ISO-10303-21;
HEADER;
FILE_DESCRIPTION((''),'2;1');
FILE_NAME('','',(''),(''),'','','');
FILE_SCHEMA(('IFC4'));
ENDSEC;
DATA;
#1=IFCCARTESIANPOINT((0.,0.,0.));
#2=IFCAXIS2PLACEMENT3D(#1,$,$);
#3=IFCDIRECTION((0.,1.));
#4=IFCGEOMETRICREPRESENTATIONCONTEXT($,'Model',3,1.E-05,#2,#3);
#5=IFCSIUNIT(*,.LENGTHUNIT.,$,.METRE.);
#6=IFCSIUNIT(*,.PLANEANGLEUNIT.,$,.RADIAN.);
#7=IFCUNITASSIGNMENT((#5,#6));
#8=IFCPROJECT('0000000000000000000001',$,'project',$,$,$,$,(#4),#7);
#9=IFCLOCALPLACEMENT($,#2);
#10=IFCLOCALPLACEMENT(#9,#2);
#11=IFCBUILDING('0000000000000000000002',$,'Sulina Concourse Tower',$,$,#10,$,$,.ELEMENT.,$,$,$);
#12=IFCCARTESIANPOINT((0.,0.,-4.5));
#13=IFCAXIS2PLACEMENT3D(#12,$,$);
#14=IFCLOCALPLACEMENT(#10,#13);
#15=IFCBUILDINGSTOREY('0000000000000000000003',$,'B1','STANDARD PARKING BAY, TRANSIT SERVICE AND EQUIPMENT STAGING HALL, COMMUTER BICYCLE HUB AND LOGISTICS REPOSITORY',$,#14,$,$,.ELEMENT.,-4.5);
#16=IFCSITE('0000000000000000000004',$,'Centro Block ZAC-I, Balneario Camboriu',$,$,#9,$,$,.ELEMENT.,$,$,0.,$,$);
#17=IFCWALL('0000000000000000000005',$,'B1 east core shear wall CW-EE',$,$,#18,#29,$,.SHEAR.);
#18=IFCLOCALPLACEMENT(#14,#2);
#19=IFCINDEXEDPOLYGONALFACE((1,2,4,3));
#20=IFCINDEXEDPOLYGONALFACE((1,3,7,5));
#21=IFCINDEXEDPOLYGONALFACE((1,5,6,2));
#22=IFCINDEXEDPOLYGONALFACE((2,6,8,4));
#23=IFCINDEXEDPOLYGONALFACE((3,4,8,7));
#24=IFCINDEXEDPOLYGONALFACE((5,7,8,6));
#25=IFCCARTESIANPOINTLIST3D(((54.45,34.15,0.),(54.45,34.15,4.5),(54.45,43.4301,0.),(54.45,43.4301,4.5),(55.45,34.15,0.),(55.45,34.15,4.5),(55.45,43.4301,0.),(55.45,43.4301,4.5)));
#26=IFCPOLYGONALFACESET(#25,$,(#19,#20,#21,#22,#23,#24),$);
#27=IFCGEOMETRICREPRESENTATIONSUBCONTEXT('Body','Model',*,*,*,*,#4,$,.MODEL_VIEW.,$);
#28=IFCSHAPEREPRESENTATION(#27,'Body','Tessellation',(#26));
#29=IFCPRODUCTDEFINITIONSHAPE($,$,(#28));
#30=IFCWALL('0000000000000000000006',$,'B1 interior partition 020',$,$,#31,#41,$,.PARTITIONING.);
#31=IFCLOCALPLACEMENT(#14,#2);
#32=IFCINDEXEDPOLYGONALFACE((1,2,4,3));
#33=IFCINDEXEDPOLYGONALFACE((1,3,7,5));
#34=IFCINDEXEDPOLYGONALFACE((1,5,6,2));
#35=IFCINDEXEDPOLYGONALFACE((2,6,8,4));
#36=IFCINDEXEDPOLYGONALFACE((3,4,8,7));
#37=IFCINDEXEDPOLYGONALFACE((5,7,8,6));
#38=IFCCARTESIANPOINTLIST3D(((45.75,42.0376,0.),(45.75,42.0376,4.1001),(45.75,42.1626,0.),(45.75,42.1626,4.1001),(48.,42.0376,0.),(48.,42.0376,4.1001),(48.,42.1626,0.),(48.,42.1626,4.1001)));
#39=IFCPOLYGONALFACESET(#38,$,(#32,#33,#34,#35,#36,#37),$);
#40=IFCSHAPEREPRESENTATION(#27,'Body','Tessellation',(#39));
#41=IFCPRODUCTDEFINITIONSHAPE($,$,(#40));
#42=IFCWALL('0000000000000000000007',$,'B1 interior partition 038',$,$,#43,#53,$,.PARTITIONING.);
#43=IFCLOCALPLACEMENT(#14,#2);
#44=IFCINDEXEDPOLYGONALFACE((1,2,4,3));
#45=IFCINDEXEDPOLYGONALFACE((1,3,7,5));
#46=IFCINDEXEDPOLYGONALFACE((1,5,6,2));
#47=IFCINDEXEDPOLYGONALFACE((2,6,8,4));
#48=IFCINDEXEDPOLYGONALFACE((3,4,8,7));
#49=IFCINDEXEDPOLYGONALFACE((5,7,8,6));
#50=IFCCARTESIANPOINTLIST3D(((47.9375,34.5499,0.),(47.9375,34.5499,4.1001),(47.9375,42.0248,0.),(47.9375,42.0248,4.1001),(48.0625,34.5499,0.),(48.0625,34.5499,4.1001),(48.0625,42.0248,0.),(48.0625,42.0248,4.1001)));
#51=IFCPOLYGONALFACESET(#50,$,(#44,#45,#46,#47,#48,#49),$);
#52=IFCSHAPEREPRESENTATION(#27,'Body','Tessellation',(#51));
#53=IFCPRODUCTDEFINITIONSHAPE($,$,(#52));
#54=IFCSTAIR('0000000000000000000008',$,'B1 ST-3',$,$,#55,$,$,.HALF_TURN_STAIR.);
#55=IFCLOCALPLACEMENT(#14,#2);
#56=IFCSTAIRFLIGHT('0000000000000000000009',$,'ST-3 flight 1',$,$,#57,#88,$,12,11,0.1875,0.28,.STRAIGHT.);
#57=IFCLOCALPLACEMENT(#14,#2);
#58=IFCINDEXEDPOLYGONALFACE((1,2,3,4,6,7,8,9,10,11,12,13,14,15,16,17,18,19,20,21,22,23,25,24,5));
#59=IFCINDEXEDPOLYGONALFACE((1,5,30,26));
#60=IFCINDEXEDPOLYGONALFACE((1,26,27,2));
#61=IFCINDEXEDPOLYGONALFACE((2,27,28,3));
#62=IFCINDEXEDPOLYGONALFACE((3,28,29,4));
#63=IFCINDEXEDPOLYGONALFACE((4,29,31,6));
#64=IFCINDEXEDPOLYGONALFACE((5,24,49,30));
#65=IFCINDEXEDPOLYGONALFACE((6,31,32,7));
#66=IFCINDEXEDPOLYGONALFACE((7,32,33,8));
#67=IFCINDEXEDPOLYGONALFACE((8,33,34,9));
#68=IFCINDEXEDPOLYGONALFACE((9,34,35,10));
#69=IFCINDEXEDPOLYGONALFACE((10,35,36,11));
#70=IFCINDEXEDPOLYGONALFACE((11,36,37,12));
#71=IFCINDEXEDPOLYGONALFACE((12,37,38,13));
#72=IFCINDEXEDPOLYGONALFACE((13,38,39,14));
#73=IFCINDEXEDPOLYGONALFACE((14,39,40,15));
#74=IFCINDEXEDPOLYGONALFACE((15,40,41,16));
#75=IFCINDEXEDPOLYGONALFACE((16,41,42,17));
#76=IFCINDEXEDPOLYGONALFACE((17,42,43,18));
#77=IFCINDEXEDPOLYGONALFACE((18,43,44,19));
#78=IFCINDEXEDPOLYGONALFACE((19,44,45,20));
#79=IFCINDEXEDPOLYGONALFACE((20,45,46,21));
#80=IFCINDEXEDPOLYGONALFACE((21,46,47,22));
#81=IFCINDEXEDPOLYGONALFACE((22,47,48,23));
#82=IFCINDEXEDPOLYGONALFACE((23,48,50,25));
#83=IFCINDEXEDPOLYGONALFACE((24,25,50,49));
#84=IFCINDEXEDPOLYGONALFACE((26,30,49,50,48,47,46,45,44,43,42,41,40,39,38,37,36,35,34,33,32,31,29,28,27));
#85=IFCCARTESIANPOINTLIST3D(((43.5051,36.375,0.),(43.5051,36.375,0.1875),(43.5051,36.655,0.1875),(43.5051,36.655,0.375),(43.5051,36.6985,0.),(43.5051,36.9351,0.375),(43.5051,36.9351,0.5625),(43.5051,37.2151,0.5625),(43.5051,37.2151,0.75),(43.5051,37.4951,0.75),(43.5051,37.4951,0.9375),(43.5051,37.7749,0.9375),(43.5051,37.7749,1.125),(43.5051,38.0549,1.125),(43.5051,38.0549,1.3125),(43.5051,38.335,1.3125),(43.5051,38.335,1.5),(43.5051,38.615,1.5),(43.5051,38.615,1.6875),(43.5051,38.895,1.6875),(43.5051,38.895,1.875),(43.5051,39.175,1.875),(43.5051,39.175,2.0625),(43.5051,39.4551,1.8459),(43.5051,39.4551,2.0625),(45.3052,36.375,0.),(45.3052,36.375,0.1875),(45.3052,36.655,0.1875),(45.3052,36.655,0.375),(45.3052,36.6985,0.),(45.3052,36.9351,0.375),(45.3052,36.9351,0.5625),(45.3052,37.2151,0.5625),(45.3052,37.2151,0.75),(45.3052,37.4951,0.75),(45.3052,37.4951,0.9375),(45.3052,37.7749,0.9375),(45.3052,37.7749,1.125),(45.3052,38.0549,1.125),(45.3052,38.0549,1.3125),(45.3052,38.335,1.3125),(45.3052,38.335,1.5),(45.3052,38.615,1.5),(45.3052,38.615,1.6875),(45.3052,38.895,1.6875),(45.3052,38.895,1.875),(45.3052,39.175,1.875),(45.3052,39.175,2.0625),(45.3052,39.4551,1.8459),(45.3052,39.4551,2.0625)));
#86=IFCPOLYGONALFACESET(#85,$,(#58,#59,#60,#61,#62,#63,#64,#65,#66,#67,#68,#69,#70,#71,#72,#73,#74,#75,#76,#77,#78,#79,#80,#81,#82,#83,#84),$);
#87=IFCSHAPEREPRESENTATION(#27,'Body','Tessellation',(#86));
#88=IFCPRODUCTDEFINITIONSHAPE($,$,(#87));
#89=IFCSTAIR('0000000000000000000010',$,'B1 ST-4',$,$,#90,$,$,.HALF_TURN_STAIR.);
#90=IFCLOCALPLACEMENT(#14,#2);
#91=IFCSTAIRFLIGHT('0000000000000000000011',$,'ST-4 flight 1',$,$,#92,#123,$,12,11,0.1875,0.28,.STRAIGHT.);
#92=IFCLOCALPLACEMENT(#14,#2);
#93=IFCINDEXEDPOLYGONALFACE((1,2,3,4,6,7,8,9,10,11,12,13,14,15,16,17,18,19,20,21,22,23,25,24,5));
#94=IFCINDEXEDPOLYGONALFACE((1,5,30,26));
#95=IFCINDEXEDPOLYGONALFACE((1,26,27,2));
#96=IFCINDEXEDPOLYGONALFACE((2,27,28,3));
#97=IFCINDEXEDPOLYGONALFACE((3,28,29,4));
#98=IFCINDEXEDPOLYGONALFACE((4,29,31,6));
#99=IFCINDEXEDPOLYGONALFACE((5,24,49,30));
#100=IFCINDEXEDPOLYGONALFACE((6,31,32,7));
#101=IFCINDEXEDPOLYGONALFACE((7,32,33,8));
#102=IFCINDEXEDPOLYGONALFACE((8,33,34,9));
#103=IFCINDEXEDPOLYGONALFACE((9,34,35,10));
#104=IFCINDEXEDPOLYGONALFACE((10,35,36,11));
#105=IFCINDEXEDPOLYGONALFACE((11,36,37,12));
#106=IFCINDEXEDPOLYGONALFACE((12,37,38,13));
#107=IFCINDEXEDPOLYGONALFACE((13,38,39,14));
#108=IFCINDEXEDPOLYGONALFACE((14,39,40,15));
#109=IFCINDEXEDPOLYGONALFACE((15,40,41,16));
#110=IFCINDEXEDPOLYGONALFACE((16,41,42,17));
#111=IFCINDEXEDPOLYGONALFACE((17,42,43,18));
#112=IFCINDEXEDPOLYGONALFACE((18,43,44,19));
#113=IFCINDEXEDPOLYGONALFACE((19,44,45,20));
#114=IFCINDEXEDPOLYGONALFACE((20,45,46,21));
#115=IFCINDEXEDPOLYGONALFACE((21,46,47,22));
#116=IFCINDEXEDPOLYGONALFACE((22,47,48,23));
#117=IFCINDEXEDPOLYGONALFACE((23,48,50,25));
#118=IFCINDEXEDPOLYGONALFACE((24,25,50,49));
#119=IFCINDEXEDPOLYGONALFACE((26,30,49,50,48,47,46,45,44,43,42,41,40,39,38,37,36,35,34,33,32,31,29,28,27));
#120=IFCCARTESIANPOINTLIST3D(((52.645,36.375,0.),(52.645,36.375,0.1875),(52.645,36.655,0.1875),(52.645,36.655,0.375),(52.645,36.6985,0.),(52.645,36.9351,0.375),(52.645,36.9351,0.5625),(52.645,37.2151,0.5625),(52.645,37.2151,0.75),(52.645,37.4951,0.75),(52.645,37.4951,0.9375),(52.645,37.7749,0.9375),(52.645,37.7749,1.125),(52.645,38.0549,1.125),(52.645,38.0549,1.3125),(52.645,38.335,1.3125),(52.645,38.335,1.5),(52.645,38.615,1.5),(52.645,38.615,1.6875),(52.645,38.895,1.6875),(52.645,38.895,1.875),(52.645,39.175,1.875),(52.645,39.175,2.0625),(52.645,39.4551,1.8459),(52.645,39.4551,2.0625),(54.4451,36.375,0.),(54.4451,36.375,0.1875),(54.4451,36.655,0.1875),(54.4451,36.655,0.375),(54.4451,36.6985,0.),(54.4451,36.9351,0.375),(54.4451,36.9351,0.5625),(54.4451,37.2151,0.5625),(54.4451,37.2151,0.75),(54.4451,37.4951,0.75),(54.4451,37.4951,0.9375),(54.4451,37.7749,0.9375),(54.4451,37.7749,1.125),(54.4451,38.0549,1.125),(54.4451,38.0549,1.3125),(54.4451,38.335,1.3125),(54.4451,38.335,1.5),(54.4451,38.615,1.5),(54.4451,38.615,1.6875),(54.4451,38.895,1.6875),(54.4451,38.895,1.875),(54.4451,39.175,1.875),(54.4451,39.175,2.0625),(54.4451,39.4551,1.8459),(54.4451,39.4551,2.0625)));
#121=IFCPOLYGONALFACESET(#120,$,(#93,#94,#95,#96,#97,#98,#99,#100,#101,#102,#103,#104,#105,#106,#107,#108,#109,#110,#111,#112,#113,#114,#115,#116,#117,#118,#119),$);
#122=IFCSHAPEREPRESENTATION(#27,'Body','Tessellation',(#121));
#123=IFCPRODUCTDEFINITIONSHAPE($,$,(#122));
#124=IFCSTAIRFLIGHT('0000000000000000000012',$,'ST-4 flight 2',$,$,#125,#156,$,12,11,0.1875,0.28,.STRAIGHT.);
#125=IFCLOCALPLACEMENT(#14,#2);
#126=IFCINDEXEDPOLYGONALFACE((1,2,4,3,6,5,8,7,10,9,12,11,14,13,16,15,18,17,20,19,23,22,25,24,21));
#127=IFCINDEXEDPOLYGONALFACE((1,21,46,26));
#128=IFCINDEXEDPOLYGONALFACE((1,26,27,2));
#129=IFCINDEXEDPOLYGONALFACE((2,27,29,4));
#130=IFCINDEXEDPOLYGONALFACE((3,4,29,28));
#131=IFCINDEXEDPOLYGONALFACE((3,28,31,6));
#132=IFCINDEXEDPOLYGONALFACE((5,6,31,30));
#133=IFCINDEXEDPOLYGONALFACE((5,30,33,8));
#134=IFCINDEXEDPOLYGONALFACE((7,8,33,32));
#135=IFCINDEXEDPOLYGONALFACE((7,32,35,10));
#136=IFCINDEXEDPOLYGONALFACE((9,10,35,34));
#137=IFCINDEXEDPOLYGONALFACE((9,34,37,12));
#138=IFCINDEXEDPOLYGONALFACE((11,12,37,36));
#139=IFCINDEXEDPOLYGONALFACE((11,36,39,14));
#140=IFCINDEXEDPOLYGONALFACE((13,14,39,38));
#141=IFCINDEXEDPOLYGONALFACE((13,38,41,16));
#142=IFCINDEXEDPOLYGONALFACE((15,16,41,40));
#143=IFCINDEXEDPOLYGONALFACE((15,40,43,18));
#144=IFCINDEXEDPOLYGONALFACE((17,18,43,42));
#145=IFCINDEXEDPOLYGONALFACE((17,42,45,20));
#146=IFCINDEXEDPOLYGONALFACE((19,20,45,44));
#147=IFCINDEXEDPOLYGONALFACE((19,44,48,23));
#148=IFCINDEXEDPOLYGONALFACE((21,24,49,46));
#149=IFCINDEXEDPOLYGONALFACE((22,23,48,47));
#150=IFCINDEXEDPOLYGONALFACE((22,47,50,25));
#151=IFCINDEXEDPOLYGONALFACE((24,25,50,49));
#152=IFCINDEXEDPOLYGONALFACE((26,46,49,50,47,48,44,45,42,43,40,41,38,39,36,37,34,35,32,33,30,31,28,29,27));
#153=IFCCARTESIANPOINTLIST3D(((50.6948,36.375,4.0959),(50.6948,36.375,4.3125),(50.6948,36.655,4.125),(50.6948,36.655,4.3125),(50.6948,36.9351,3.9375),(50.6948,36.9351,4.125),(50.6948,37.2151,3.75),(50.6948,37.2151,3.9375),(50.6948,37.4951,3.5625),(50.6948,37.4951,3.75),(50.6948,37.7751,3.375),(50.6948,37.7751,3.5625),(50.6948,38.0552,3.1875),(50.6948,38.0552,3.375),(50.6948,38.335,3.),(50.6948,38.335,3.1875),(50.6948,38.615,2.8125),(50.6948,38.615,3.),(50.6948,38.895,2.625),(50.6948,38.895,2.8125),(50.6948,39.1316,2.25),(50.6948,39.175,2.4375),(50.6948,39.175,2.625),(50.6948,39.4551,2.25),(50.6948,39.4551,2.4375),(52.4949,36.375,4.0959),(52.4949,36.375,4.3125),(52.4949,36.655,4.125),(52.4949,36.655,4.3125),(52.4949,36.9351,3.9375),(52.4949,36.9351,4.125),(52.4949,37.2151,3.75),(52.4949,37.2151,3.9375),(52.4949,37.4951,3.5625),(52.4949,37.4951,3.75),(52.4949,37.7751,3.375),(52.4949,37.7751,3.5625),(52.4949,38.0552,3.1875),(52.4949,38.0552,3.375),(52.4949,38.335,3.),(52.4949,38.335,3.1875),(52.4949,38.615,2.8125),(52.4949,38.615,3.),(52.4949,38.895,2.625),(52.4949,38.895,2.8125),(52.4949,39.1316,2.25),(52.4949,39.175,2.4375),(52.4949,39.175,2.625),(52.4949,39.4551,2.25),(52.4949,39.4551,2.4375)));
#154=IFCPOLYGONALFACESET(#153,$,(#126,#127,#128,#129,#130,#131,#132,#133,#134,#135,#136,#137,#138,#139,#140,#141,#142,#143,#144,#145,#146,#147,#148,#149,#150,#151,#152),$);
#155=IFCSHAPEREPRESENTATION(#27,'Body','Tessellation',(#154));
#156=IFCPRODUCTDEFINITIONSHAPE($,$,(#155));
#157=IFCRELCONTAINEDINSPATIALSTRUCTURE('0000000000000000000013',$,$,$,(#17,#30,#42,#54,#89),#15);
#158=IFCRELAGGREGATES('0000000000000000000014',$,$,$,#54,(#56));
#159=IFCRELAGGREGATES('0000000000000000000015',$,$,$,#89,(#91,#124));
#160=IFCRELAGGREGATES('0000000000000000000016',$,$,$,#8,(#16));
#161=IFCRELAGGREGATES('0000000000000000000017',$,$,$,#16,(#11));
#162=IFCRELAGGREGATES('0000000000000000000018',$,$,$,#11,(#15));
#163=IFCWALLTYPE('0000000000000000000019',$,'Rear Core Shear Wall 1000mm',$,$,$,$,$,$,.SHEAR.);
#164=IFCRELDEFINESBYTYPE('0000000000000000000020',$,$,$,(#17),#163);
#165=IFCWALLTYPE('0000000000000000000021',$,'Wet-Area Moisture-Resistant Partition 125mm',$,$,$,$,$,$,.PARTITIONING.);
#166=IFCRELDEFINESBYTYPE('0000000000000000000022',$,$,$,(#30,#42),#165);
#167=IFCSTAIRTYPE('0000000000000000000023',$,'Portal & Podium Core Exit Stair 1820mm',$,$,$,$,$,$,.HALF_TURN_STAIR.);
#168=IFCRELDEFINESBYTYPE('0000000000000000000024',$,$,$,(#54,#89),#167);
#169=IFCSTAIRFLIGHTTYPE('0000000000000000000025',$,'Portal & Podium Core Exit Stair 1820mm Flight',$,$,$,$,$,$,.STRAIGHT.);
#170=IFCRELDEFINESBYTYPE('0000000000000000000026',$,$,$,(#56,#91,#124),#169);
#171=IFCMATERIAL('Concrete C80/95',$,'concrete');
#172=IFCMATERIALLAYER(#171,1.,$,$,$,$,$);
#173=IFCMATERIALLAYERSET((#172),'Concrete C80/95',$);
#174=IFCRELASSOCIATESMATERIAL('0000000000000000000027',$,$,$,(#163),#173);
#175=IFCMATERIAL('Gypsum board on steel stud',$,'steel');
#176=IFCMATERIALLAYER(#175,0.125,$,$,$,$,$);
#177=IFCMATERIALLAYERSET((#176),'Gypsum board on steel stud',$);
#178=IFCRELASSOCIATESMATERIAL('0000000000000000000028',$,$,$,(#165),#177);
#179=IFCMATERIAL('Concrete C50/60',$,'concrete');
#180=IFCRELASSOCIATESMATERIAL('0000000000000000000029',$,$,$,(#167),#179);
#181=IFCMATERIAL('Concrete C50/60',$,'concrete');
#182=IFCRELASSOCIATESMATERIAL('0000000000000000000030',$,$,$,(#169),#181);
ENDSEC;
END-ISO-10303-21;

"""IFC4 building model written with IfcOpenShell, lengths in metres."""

from ifc_helpers import new_model, si_unit, direction, frame, frame_2d, origin, place, context, subcontext, project, spatial, polyline, rectangle, outline, extrude, material, layer, layer_set, type_object, element, aggregate, save


model = new_model("IFC4")

# Units and contexts
model_context = context("Model", 3, precision=1e-05, world=origin(), true_north=direction((0.0, 1.0)))
body_context = subcontext(model_context, "Body", "Model", "MODEL_VIEW")
ifc_project = project(units=[si_unit("LENGTHUNIT", "METRE"), si_unit("PLANEANGLEUNIT", "RADIAN")], contexts=[model_context])

# Site, building, storey
site_placement = place(None, origin())
site = spatial("IfcSite", under=ifc_project, at=site_placement, Name="Centro Block ZAC-I, Balneario Camboriu", CompositionType="ELEMENT", RefElevation=0.0)
building_placement = place(site_placement, origin())
building = spatial("IfcBuilding", under=site, at=building_placement, Name="Sulina Concourse Tower", CompositionType="ELEMENT")
storey_placement = place(building_placement, frame((0.0, 0.0, -4.5)))
storey = spatial("IfcBuildingStorey", under=building, at=storey_placement, Name="B1", Description="STANDARD PARKING BAY, TRANSIT SERVICE AND EQUIPMENT STAGING HALL, COMMUTER BICYCLE HUB AND LOGISTICS REPOSITORY", CompositionType="ELEMENT", Elevation=-4.5)

# Walls
ifc_material_1 = material(Name="Concrete C80/95", Category="concrete")
ifc_layer_1 = layer(ifc_material_1, 1.0)
ifc_layer_set_1 = layer_set([ifc_layer_1], Name="Concrete C80/95")
wall_type_1 = type_object("IfcWallType", Name="Rear Core Shear Wall 1000mm", PredefinedType="SHEAR", material=ifc_layer_set_1)
wall_1_placement = place(storey_placement, frame((54.95, 34.1499, 0.0), z_axis=(0.0, 0.0, 1.0), x_axis=(0.0, 1.0, 0.0)))
element("IfcWall", 1, at=wall_1_placement, inside=storey, type_object=wall_type_1, Name="B1 east core shear wall CW-EE", PredefinedType="SHEAR", context=body_context, shape_type="SweptSolid", body=[
    extrude(rectangle(XDim=9.28, YDim=1.0, at=frame_2d((4.6401, 0.0))), origin(), (0.0, 0.0, 1.0), 4.5),
])
ifc_material_2 = material(Name="Gypsum board on steel stud", Category="steel")
ifc_layer_2 = layer(ifc_material_2, 0.125)
ifc_layer_set_2 = layer_set([ifc_layer_2], Name="Gypsum board on steel stud")
wall_type_2 = type_object("IfcWallType", Name="Wet-Area Moisture-Resistant Partition 125mm", PredefinedType="PARTITIONING", material=ifc_layer_set_2)
wall_2_placement = place(storey_placement, frame((45.75, 42.1001, 0.0), z_axis=(0.0, 0.0, 1.0), x_axis=(1.0, 0.0, 0.0)))
element("IfcWall", 2, at=wall_2_placement, inside=storey, type_object=wall_type_2, Name="B1 interior partition 020", PredefinedType="PARTITIONING", context=body_context, shape_type="SweptSolid", body=[
    extrude(rectangle(XDim=2.25, YDim=0.125, at=frame_2d((1.125, 0.0))), origin(), (0.0, 0.0, 1.0), 4.1001),
])
wall_3_placement = place(storey_placement, frame((48.0, 34.55, 0.0), z_axis=(0.0, 0.0, 1.0), x_axis=(0.0, 1.0, 0.0)))
element("IfcWall", 3, at=wall_3_placement, inside=storey, type_object=wall_type_2, Name="B1 interior partition 038", PredefinedType="PARTITIONING", context=body_context, shape_type="SweptSolid", body=[
    extrude(rectangle(XDim=7.4749, YDim=0.125, at=frame_2d((3.7373, 0.0))), origin(), (0.0, 0.0, 1.0), 4.1001),
])

# Stair, stair flight
ifc_material_3 = material(Name="Concrete C50/60", Category="concrete")
stair_type = type_object("IfcStairType", Name="Portal & Podium Core Exit Stair 1820mm", PredefinedType="HALF_TURN_STAIR", material=ifc_material_3)
stair_1_placement = place(storey_placement, origin())
stair_1 = element("IfcStair", 4, at=stair_1_placement, inside=storey, type_object=stair_type, Name="B1 ST-3", PredefinedType="HALF_TURN_STAIR")
ifc_material_4 = material(Name="Concrete C50/60", Category="concrete")
stair_flight_type = type_object("IfcStairFlightType", Name="Portal & Podium Core Exit Stair 1820mm Flight", PredefinedType="STRAIGHT", material=ifc_material_4)
stair_flight_1_placement = place(storey_placement, frame((44.405, 36.375, 0.0), z_axis=(0.0, 0.0, 1.0), x_axis=(0.0, 1.0, 0.0)))
stair_flight_1 = element("IfcStairFlight", 5, at=stair_flight_1_placement, type_object=stair_flight_type, Name="ST-3 flight 1", NumberOfRisers=12, NumberOfTreads=11, PredefinedType="STRAIGHT", RiserHeight=0.1875, TreadLength=0.28, context=body_context, shape_type="SweptSolid", body=[
    extrude(outline(polyline([(0.0, 0.0), (0.0, 0.1875), (0.28, 0.1875), (0.28, 0.375), (0.5601, 0.375), (0.5601, 0.5625), (0.8401, 0.5625), (0.8401, 0.75), (1.1201, 0.75), (1.1201, 0.9375), (1.3999, 0.9375), (1.3999, 1.125), (1.6799, 1.125), (1.6799, 1.3125), (1.96, 1.3125), (1.96, 1.5), (2.24, 1.5), (2.24, 1.6875), (2.52, 1.6875), (2.52, 1.875), (2.8, 1.875), (2.8, 2.0625), (3.0801, 2.0625), (3.0801, 2.25), (3.0801, 1.8459), (0.3235, 0.0), (0.0, 0.0)])), frame((0.0, 0.8999, 0.0), z_axis=(0.0, -1.0, 0.0), x_axis=(1.0, 0.0, 0.0)), (0.0, 0.0, 1.0), 1.8),
])
aggregate(stair_1, [stair_flight_1])

# Stair, stair flights
stair_2_placement = place(storey_placement, origin())
stair_2 = element("IfcStair", 6, at=stair_2_placement, inside=storey, type_object=stair_type, Name="B1 ST-4", PredefinedType="HALF_TURN_STAIR")
stair_flight_2_placement = place(storey_placement, frame((53.5449, 36.375, 0.0), z_axis=(0.0, 0.0, 1.0), x_axis=(0.0, 1.0, 0.0)))
stair_flight_2 = element("IfcStairFlight", 7, at=stair_flight_2_placement, type_object=stair_flight_type, Name="ST-4 flight 1", NumberOfRisers=12, NumberOfTreads=11, PredefinedType="STRAIGHT", RiserHeight=0.1875, TreadLength=0.28, context=body_context, shape_type="SweptSolid", body=[
    extrude(outline(polyline([(0.0, 0.0), (0.0, 0.1875), (0.28, 0.1875), (0.28, 0.375), (0.5601, 0.375), (0.5601, 0.5625), (0.8401, 0.5625), (0.8401, 0.75), (1.1201, 0.75), (1.1201, 0.9375), (1.3999, 0.9375), (1.3999, 1.125), (1.6799, 1.125), (1.6799, 1.3125), (1.96, 1.3125), (1.96, 1.5), (2.24, 1.5), (2.24, 1.6875), (2.52, 1.6875), (2.52, 1.875), (2.8, 1.875), (2.8, 2.0625), (3.0801, 2.0625), (3.0801, 2.25), (3.0801, 1.8459), (0.3235, 0.0), (0.0, 0.0)])), frame((0.0, 0.8999, 0.0), z_axis=(0.0, -1.0, 0.0), x_axis=(1.0, 0.0, 0.0)), (0.0, 0.0, 1.0), 1.8),
])
stair_flight_3_placement = place(storey_placement, frame((51.595, 39.4551, 2.25), z_axis=(0.0, 0.0, 1.0), x_axis=(0.0, -1.0, 0.0)))
stair_flight_3 = element("IfcStairFlight", 8, at=stair_flight_3_placement, type_object=stair_flight_type, Name="ST-4 flight 2", NumberOfRisers=12, NumberOfTreads=11, PredefinedType="STRAIGHT", RiserHeight=0.1875, TreadLength=0.28, context=body_context, shape_type="SweptSolid", body=[
    extrude(outline(polyline([(0.0, 0.0), (0.0, 0.1875), (0.28, 0.1875), (0.28, 0.375), (0.5601, 0.375), (0.5601, 0.5625), (0.8401, 0.5625), (0.8401, 0.75), (1.1201, 0.75), (1.1201, 0.9375), (1.3999, 0.9375), (1.3999, 1.125), (1.6799, 1.125), (1.6799, 1.3125), (1.96, 1.3125), (1.96, 1.5), (2.24, 1.5), (2.24, 1.6875), (2.52, 1.6875), (2.52, 1.875), (2.8, 1.875), (2.8, 2.0625), (3.0801, 2.0625), (3.0801, 2.25), (3.0801, 1.8459), (0.3235, 0.0), (0.0, 0.0)])), frame((0.0, 0.8999, 0.0), z_axis=(0.0, -1.0, 0.0), x_axis=(1.0, 0.0, 0.0)), (0.0, 0.0, 1.0), 1.8),
])
aggregate(stair_2, [stair_flight_2, stair_flight_3])

save(model, "model.ifc")
